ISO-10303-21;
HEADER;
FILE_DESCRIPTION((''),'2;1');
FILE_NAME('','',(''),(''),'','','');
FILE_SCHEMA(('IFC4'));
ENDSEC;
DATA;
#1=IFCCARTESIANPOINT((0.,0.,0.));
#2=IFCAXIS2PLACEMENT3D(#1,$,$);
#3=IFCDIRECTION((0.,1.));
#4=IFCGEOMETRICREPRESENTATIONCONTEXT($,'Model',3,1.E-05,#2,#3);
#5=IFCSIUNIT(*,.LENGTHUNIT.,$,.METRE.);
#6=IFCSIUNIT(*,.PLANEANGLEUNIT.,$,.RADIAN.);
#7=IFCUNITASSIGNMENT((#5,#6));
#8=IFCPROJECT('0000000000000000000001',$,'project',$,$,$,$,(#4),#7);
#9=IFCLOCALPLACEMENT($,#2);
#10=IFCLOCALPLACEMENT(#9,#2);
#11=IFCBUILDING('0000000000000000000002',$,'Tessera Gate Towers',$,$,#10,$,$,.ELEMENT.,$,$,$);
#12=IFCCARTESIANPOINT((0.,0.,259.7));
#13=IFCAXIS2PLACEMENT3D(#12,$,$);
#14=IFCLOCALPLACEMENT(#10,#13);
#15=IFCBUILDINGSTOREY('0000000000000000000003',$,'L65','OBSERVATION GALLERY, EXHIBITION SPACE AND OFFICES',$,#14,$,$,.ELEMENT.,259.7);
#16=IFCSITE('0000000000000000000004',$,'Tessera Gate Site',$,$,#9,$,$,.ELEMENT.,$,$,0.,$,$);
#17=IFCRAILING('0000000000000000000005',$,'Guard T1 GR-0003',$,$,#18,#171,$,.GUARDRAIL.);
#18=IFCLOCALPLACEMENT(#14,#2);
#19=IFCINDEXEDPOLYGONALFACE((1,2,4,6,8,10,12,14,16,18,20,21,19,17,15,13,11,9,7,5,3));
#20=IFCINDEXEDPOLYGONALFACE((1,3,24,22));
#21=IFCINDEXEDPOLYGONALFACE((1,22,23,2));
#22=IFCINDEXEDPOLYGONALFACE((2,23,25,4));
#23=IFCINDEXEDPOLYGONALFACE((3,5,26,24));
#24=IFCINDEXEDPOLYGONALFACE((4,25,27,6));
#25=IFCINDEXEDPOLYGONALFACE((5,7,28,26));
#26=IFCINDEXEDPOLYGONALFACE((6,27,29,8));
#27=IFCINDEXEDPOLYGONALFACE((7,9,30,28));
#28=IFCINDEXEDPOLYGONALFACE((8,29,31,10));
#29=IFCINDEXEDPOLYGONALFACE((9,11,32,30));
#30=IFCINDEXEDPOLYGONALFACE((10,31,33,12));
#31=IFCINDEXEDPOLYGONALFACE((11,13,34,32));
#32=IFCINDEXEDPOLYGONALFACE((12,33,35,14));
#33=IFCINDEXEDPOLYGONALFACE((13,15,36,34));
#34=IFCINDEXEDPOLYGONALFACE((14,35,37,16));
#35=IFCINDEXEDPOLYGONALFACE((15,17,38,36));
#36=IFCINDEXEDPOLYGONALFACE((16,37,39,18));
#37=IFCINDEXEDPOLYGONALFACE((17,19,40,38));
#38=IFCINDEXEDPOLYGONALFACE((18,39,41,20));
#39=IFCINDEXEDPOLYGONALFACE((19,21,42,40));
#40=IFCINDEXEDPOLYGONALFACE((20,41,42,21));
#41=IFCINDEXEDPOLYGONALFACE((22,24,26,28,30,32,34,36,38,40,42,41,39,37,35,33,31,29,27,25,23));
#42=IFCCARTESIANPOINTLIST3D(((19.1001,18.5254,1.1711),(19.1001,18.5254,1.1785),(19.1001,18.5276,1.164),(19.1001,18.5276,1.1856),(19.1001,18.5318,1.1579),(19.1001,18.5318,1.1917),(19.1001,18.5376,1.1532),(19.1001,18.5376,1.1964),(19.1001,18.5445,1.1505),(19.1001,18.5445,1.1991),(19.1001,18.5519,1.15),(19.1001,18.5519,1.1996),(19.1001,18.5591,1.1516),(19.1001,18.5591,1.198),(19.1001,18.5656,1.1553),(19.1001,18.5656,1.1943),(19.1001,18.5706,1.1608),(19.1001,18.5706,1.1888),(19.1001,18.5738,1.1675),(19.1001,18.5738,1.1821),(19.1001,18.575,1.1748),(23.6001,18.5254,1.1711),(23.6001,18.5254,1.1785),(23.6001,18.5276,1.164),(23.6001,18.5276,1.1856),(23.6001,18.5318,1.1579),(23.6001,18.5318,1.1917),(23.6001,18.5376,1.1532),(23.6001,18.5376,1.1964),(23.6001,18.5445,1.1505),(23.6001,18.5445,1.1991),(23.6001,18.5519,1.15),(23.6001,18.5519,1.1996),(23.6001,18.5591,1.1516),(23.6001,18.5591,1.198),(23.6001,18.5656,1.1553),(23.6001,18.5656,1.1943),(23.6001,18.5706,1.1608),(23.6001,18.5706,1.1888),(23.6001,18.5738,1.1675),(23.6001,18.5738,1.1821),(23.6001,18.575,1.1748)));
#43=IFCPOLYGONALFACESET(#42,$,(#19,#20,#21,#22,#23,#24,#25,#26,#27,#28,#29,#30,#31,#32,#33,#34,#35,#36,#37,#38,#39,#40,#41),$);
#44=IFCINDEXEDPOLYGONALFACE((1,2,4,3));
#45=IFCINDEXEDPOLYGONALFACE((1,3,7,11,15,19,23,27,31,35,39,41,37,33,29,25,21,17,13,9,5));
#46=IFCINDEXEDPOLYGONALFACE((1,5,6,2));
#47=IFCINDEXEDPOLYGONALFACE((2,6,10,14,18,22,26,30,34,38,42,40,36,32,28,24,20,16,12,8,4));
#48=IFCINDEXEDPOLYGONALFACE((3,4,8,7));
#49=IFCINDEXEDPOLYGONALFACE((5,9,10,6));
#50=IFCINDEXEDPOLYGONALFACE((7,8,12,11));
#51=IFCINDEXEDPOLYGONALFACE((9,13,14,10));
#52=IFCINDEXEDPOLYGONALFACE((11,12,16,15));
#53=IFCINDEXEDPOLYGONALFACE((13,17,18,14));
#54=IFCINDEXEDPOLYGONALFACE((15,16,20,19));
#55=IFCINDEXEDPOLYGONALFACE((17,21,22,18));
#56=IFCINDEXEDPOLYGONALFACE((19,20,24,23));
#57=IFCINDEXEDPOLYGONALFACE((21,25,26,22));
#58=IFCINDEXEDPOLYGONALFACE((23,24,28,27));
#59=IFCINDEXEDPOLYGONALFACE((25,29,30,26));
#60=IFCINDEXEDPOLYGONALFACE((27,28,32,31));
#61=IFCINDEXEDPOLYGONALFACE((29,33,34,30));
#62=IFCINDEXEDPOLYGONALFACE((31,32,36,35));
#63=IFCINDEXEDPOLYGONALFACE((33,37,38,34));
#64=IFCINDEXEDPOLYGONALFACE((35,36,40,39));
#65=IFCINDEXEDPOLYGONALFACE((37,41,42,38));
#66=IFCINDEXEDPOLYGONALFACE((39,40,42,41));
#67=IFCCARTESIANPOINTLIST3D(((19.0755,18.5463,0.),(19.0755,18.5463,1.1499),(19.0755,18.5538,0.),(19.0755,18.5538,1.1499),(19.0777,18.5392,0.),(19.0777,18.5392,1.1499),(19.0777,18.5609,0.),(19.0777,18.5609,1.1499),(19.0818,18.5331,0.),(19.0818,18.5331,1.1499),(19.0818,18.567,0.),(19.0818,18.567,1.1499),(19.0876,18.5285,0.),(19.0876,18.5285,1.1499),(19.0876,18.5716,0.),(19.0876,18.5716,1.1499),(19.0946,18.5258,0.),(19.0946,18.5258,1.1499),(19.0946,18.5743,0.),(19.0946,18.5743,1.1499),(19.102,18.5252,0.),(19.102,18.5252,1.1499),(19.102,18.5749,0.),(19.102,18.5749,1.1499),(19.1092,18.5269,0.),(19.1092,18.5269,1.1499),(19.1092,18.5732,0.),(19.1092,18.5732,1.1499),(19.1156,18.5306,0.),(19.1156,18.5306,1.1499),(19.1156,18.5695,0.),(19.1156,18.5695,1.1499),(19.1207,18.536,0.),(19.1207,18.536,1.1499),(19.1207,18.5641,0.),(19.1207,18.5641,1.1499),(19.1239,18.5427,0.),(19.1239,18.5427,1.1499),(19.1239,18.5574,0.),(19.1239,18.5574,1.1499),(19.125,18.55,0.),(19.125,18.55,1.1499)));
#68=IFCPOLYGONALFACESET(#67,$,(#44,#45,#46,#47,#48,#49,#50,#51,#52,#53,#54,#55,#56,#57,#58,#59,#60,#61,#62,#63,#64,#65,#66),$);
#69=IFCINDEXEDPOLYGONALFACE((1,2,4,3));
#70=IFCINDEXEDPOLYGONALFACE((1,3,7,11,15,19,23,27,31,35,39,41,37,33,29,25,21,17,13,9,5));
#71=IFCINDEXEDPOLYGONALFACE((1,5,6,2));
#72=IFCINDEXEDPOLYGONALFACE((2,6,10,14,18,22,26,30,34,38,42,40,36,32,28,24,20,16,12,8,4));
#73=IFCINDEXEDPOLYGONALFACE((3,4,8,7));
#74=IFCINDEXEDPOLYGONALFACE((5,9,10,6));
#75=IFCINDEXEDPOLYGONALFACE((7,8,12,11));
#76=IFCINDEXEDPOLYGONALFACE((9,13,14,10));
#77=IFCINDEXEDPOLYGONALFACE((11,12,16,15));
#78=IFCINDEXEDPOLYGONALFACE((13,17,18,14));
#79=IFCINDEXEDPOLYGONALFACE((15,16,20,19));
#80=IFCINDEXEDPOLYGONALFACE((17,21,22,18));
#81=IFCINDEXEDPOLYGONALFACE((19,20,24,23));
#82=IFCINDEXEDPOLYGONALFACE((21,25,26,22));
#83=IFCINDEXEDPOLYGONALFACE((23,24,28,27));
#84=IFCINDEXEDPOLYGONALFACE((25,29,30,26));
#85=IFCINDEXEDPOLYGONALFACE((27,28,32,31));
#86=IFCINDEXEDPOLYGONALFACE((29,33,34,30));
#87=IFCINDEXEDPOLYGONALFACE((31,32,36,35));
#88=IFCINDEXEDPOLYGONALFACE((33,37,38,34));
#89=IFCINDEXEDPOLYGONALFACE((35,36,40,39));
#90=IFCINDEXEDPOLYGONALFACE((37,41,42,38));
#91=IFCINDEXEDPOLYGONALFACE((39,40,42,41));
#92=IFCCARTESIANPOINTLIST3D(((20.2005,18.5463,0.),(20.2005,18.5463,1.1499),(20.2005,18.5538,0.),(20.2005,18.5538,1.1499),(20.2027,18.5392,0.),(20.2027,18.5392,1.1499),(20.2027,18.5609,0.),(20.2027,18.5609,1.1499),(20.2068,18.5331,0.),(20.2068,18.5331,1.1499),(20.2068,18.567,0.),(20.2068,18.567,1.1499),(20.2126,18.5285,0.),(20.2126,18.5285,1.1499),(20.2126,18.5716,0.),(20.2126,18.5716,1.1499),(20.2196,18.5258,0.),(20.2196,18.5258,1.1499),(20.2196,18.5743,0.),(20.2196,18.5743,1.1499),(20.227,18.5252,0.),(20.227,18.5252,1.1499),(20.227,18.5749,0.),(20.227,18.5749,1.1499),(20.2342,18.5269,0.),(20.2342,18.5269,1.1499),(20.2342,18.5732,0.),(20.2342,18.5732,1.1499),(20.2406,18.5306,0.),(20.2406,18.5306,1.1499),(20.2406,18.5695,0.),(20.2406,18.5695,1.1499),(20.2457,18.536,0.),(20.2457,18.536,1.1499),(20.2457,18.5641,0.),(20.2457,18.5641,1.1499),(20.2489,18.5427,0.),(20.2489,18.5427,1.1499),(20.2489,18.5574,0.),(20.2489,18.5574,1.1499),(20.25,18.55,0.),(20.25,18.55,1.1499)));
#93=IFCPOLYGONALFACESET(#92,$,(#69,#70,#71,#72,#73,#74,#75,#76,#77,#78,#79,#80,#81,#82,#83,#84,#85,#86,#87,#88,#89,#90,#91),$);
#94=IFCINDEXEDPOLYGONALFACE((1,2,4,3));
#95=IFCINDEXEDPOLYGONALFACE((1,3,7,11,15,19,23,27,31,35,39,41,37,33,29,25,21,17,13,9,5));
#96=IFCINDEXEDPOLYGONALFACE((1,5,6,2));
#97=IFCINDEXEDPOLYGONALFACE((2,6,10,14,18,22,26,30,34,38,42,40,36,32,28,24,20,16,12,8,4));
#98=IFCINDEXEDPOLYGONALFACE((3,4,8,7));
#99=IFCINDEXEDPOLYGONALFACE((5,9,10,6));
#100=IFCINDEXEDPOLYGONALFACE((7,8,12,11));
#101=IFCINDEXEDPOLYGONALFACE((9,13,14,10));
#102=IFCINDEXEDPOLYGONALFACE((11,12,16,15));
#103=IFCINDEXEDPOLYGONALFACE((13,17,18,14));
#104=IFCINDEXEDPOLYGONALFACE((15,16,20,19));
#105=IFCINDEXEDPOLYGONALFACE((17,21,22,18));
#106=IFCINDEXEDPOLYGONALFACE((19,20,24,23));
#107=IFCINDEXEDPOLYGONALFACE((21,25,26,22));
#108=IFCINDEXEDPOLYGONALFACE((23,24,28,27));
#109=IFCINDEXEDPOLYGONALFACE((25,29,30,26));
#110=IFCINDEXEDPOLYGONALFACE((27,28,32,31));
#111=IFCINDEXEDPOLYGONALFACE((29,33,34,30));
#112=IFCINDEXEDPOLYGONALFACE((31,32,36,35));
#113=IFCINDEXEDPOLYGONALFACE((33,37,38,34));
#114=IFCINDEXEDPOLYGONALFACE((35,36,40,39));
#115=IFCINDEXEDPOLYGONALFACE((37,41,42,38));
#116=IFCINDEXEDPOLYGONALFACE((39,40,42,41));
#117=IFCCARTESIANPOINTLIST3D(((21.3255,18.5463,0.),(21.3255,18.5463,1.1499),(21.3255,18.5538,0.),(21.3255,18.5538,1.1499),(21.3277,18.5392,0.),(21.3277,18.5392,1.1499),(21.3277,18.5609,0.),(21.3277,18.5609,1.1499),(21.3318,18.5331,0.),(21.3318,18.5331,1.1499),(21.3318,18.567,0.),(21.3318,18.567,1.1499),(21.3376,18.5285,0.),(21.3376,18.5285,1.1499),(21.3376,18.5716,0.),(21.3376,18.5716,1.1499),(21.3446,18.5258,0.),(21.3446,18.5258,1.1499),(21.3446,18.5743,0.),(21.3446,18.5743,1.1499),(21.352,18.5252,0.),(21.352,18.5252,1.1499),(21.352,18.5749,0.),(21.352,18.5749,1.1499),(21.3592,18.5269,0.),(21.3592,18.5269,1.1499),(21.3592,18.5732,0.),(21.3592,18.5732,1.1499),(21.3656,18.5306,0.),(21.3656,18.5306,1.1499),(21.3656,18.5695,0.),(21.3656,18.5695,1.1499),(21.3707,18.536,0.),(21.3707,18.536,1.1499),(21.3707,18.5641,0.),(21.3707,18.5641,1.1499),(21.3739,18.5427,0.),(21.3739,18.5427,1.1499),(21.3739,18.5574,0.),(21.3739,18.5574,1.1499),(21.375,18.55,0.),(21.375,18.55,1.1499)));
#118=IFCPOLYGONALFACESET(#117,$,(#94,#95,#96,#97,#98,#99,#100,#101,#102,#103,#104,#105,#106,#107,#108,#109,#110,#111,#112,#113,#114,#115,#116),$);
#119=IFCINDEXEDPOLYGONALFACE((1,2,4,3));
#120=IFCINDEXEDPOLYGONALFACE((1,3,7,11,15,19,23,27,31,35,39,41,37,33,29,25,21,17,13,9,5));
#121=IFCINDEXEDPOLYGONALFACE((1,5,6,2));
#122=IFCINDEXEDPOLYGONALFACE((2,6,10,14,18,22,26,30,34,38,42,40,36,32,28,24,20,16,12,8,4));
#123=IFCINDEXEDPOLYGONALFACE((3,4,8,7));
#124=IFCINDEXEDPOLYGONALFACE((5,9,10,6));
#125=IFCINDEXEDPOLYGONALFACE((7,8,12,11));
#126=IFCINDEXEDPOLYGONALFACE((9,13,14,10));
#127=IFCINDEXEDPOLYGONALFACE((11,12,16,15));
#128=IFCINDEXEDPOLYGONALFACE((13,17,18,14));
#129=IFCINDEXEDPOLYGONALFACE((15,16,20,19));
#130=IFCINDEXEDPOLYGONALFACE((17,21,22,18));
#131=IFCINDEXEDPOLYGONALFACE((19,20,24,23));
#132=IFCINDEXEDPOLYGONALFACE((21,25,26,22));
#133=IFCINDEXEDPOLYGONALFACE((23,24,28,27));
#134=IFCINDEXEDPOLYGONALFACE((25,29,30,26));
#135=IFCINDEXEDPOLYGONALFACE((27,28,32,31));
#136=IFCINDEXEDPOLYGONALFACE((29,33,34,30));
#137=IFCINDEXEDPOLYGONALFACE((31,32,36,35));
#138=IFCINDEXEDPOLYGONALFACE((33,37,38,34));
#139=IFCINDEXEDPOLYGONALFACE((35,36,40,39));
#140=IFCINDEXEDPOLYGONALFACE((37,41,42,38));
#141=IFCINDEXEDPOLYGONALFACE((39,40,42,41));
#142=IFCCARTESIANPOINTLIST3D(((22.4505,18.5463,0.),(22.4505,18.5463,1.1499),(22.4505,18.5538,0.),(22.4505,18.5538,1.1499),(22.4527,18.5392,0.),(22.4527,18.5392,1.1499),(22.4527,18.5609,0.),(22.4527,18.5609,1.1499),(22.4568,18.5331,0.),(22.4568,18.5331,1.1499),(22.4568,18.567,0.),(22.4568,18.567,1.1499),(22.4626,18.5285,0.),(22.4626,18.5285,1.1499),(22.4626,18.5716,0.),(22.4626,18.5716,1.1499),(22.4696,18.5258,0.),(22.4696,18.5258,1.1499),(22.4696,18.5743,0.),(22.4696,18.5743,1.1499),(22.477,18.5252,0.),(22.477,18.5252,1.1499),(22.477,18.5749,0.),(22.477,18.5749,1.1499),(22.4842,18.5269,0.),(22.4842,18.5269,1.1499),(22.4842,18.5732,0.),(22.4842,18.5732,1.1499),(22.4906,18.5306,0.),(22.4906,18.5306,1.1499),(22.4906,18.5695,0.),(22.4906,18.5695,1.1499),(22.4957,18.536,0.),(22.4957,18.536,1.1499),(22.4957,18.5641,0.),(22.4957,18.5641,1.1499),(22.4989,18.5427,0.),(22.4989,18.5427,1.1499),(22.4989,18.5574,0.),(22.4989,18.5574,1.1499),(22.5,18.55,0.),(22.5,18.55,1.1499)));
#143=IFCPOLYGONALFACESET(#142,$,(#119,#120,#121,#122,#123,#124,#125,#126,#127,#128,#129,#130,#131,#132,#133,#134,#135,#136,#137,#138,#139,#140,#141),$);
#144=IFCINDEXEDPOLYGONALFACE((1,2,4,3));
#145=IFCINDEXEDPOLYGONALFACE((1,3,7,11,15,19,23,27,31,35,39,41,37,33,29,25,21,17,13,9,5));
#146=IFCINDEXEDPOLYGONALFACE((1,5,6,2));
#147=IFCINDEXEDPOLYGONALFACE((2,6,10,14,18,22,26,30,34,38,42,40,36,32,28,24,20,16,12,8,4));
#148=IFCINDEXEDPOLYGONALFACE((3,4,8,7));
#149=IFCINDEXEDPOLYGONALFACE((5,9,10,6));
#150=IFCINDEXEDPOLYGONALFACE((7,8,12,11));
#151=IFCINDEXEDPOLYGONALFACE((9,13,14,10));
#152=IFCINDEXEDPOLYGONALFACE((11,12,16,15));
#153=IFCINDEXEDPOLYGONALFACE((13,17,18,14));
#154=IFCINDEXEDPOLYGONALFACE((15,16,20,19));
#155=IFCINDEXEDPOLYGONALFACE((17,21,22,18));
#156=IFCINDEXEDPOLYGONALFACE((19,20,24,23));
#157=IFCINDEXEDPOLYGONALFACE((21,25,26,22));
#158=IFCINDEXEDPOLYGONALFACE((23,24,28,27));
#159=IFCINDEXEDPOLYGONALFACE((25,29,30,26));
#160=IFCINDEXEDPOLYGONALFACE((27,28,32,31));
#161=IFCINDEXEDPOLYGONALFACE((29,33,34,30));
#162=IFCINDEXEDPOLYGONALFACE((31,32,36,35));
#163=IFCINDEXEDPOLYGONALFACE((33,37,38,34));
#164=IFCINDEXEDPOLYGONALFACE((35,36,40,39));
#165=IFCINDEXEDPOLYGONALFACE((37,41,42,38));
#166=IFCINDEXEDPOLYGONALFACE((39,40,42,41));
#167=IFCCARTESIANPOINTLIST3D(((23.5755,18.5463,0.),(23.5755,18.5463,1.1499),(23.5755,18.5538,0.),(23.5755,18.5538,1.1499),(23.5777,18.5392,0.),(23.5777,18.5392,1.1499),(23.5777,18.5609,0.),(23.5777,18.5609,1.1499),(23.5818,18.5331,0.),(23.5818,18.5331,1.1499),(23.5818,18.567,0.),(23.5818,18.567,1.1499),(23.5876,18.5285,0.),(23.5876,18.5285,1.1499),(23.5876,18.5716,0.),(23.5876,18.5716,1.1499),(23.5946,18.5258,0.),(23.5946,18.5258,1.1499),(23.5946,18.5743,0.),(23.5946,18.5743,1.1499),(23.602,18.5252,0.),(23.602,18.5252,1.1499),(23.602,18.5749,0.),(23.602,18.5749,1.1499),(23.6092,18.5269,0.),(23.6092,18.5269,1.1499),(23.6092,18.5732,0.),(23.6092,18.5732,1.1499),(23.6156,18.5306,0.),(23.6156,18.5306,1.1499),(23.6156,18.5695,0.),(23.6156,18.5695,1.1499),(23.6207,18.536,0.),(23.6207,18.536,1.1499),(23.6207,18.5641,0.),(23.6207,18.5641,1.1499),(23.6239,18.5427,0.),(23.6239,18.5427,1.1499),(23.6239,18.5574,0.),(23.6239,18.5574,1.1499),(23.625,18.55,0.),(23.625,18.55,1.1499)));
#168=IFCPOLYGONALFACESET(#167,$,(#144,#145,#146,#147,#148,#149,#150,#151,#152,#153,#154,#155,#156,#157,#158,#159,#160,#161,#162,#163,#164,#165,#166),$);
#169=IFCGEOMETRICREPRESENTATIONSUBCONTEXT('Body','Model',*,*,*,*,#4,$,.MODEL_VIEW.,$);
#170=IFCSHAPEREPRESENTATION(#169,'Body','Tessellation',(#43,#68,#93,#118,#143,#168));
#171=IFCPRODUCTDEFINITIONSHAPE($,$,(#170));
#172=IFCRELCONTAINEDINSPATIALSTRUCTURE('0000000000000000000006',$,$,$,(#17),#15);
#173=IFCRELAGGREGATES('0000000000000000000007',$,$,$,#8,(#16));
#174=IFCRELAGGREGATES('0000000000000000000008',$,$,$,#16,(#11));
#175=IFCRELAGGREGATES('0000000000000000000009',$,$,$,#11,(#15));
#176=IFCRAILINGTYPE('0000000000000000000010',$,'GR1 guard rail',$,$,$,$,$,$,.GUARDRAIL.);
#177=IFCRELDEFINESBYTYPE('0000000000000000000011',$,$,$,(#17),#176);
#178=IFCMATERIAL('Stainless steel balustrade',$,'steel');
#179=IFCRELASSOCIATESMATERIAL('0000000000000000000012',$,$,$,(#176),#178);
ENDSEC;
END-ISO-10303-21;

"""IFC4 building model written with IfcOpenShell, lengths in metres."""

from ifc_helpers import new_model, si_unit, direction, frame, origin, origin_2d, place, context, subcontext, project, spatial, circle, extrude, material, type_object, element, save


model = new_model("IFC4")

# Units and contexts
model_context = context("Model", 3, precision=1e-05, world=origin(), true_north=direction((0.0, 1.0)))
body_context = subcontext(model_context, "Body", "Model", "MODEL_VIEW")
ifc_project = project(units=[si_unit("LENGTHUNIT", "METRE"), si_unit("PLANEANGLEUNIT", "RADIAN")], contexts=[model_context])

# Site, building, storey
site_placement = place(None, origin())
site = spatial("IfcSite", under=ifc_project, at=site_placement, Name="Tessera Gate Site", CompositionType="ELEMENT", RefElevation=0.0)
building_placement = place(site_placement, origin())
building = spatial("IfcBuilding", under=site, at=building_placement, Name="Tessera Gate Towers", CompositionType="ELEMENT")
storey_placement = place(building_placement, frame((0.0, 0.0, 259.7)))
storey = spatial("IfcBuildingStorey", under=building, at=storey_placement, Name="L65", Description="OBSERVATION GALLERY, EXHIBITION SPACE AND OFFICES", CompositionType="ELEMENT", Elevation=259.7)

# Railing
ifc_material_1 = material(Name="Stainless steel balustrade", Category="steel")
railing_type = type_object("IfcRailingType", Name="GR1 guard rail", PredefinedType="GUARDRAIL", material=ifc_material_1)
for number, where, name in (
    (1, (19.1001, 18.55, 0.0), "Guard T1 GR-0003"),
):
    element("IfcRailing", number, at=place(storey_placement, frame(where)), inside=storey, type_object=railing_type, Name=name, PredefinedType="GUARDRAIL", context=body_context, shape_type="SweptSolid", body=[
        extrude(circle(Radius=0.0249, at=origin_2d()), frame((0.0, 0.0, 1.1748), z_axis=(1.0, 0.0, 0.0), x_axis=(0.0, 1.0, 0.0)), (0.0, 0.0, 1.0), 4.5),
        extrude(circle(Radius=0.0249, at=origin_2d()), origin(), (0.0, 0.0, 1.0), 1.1499),
        extrude(circle(Radius=0.0249, at=origin_2d()), frame((1.125, 0.0, 0.0)), (0.0, 0.0, 1.0), 1.1499),
        extrude(circle(Radius=0.0249, at=origin_2d()), frame((2.25, 0.0, 0.0)), (0.0, 0.0, 1.0), 1.1499),
        extrude(circle(Radius=0.0249, at=origin_2d()), frame((3.375, 0.0, 0.0)), (0.0, 0.0, 1.0), 1.1499),
        extrude(circle(Radius=0.0249, at=origin_2d()), frame((4.5, 0.0, 0.0)), (0.0, 0.0, 1.0), 1.1499),
    ])

save(model, "model.ifc")
